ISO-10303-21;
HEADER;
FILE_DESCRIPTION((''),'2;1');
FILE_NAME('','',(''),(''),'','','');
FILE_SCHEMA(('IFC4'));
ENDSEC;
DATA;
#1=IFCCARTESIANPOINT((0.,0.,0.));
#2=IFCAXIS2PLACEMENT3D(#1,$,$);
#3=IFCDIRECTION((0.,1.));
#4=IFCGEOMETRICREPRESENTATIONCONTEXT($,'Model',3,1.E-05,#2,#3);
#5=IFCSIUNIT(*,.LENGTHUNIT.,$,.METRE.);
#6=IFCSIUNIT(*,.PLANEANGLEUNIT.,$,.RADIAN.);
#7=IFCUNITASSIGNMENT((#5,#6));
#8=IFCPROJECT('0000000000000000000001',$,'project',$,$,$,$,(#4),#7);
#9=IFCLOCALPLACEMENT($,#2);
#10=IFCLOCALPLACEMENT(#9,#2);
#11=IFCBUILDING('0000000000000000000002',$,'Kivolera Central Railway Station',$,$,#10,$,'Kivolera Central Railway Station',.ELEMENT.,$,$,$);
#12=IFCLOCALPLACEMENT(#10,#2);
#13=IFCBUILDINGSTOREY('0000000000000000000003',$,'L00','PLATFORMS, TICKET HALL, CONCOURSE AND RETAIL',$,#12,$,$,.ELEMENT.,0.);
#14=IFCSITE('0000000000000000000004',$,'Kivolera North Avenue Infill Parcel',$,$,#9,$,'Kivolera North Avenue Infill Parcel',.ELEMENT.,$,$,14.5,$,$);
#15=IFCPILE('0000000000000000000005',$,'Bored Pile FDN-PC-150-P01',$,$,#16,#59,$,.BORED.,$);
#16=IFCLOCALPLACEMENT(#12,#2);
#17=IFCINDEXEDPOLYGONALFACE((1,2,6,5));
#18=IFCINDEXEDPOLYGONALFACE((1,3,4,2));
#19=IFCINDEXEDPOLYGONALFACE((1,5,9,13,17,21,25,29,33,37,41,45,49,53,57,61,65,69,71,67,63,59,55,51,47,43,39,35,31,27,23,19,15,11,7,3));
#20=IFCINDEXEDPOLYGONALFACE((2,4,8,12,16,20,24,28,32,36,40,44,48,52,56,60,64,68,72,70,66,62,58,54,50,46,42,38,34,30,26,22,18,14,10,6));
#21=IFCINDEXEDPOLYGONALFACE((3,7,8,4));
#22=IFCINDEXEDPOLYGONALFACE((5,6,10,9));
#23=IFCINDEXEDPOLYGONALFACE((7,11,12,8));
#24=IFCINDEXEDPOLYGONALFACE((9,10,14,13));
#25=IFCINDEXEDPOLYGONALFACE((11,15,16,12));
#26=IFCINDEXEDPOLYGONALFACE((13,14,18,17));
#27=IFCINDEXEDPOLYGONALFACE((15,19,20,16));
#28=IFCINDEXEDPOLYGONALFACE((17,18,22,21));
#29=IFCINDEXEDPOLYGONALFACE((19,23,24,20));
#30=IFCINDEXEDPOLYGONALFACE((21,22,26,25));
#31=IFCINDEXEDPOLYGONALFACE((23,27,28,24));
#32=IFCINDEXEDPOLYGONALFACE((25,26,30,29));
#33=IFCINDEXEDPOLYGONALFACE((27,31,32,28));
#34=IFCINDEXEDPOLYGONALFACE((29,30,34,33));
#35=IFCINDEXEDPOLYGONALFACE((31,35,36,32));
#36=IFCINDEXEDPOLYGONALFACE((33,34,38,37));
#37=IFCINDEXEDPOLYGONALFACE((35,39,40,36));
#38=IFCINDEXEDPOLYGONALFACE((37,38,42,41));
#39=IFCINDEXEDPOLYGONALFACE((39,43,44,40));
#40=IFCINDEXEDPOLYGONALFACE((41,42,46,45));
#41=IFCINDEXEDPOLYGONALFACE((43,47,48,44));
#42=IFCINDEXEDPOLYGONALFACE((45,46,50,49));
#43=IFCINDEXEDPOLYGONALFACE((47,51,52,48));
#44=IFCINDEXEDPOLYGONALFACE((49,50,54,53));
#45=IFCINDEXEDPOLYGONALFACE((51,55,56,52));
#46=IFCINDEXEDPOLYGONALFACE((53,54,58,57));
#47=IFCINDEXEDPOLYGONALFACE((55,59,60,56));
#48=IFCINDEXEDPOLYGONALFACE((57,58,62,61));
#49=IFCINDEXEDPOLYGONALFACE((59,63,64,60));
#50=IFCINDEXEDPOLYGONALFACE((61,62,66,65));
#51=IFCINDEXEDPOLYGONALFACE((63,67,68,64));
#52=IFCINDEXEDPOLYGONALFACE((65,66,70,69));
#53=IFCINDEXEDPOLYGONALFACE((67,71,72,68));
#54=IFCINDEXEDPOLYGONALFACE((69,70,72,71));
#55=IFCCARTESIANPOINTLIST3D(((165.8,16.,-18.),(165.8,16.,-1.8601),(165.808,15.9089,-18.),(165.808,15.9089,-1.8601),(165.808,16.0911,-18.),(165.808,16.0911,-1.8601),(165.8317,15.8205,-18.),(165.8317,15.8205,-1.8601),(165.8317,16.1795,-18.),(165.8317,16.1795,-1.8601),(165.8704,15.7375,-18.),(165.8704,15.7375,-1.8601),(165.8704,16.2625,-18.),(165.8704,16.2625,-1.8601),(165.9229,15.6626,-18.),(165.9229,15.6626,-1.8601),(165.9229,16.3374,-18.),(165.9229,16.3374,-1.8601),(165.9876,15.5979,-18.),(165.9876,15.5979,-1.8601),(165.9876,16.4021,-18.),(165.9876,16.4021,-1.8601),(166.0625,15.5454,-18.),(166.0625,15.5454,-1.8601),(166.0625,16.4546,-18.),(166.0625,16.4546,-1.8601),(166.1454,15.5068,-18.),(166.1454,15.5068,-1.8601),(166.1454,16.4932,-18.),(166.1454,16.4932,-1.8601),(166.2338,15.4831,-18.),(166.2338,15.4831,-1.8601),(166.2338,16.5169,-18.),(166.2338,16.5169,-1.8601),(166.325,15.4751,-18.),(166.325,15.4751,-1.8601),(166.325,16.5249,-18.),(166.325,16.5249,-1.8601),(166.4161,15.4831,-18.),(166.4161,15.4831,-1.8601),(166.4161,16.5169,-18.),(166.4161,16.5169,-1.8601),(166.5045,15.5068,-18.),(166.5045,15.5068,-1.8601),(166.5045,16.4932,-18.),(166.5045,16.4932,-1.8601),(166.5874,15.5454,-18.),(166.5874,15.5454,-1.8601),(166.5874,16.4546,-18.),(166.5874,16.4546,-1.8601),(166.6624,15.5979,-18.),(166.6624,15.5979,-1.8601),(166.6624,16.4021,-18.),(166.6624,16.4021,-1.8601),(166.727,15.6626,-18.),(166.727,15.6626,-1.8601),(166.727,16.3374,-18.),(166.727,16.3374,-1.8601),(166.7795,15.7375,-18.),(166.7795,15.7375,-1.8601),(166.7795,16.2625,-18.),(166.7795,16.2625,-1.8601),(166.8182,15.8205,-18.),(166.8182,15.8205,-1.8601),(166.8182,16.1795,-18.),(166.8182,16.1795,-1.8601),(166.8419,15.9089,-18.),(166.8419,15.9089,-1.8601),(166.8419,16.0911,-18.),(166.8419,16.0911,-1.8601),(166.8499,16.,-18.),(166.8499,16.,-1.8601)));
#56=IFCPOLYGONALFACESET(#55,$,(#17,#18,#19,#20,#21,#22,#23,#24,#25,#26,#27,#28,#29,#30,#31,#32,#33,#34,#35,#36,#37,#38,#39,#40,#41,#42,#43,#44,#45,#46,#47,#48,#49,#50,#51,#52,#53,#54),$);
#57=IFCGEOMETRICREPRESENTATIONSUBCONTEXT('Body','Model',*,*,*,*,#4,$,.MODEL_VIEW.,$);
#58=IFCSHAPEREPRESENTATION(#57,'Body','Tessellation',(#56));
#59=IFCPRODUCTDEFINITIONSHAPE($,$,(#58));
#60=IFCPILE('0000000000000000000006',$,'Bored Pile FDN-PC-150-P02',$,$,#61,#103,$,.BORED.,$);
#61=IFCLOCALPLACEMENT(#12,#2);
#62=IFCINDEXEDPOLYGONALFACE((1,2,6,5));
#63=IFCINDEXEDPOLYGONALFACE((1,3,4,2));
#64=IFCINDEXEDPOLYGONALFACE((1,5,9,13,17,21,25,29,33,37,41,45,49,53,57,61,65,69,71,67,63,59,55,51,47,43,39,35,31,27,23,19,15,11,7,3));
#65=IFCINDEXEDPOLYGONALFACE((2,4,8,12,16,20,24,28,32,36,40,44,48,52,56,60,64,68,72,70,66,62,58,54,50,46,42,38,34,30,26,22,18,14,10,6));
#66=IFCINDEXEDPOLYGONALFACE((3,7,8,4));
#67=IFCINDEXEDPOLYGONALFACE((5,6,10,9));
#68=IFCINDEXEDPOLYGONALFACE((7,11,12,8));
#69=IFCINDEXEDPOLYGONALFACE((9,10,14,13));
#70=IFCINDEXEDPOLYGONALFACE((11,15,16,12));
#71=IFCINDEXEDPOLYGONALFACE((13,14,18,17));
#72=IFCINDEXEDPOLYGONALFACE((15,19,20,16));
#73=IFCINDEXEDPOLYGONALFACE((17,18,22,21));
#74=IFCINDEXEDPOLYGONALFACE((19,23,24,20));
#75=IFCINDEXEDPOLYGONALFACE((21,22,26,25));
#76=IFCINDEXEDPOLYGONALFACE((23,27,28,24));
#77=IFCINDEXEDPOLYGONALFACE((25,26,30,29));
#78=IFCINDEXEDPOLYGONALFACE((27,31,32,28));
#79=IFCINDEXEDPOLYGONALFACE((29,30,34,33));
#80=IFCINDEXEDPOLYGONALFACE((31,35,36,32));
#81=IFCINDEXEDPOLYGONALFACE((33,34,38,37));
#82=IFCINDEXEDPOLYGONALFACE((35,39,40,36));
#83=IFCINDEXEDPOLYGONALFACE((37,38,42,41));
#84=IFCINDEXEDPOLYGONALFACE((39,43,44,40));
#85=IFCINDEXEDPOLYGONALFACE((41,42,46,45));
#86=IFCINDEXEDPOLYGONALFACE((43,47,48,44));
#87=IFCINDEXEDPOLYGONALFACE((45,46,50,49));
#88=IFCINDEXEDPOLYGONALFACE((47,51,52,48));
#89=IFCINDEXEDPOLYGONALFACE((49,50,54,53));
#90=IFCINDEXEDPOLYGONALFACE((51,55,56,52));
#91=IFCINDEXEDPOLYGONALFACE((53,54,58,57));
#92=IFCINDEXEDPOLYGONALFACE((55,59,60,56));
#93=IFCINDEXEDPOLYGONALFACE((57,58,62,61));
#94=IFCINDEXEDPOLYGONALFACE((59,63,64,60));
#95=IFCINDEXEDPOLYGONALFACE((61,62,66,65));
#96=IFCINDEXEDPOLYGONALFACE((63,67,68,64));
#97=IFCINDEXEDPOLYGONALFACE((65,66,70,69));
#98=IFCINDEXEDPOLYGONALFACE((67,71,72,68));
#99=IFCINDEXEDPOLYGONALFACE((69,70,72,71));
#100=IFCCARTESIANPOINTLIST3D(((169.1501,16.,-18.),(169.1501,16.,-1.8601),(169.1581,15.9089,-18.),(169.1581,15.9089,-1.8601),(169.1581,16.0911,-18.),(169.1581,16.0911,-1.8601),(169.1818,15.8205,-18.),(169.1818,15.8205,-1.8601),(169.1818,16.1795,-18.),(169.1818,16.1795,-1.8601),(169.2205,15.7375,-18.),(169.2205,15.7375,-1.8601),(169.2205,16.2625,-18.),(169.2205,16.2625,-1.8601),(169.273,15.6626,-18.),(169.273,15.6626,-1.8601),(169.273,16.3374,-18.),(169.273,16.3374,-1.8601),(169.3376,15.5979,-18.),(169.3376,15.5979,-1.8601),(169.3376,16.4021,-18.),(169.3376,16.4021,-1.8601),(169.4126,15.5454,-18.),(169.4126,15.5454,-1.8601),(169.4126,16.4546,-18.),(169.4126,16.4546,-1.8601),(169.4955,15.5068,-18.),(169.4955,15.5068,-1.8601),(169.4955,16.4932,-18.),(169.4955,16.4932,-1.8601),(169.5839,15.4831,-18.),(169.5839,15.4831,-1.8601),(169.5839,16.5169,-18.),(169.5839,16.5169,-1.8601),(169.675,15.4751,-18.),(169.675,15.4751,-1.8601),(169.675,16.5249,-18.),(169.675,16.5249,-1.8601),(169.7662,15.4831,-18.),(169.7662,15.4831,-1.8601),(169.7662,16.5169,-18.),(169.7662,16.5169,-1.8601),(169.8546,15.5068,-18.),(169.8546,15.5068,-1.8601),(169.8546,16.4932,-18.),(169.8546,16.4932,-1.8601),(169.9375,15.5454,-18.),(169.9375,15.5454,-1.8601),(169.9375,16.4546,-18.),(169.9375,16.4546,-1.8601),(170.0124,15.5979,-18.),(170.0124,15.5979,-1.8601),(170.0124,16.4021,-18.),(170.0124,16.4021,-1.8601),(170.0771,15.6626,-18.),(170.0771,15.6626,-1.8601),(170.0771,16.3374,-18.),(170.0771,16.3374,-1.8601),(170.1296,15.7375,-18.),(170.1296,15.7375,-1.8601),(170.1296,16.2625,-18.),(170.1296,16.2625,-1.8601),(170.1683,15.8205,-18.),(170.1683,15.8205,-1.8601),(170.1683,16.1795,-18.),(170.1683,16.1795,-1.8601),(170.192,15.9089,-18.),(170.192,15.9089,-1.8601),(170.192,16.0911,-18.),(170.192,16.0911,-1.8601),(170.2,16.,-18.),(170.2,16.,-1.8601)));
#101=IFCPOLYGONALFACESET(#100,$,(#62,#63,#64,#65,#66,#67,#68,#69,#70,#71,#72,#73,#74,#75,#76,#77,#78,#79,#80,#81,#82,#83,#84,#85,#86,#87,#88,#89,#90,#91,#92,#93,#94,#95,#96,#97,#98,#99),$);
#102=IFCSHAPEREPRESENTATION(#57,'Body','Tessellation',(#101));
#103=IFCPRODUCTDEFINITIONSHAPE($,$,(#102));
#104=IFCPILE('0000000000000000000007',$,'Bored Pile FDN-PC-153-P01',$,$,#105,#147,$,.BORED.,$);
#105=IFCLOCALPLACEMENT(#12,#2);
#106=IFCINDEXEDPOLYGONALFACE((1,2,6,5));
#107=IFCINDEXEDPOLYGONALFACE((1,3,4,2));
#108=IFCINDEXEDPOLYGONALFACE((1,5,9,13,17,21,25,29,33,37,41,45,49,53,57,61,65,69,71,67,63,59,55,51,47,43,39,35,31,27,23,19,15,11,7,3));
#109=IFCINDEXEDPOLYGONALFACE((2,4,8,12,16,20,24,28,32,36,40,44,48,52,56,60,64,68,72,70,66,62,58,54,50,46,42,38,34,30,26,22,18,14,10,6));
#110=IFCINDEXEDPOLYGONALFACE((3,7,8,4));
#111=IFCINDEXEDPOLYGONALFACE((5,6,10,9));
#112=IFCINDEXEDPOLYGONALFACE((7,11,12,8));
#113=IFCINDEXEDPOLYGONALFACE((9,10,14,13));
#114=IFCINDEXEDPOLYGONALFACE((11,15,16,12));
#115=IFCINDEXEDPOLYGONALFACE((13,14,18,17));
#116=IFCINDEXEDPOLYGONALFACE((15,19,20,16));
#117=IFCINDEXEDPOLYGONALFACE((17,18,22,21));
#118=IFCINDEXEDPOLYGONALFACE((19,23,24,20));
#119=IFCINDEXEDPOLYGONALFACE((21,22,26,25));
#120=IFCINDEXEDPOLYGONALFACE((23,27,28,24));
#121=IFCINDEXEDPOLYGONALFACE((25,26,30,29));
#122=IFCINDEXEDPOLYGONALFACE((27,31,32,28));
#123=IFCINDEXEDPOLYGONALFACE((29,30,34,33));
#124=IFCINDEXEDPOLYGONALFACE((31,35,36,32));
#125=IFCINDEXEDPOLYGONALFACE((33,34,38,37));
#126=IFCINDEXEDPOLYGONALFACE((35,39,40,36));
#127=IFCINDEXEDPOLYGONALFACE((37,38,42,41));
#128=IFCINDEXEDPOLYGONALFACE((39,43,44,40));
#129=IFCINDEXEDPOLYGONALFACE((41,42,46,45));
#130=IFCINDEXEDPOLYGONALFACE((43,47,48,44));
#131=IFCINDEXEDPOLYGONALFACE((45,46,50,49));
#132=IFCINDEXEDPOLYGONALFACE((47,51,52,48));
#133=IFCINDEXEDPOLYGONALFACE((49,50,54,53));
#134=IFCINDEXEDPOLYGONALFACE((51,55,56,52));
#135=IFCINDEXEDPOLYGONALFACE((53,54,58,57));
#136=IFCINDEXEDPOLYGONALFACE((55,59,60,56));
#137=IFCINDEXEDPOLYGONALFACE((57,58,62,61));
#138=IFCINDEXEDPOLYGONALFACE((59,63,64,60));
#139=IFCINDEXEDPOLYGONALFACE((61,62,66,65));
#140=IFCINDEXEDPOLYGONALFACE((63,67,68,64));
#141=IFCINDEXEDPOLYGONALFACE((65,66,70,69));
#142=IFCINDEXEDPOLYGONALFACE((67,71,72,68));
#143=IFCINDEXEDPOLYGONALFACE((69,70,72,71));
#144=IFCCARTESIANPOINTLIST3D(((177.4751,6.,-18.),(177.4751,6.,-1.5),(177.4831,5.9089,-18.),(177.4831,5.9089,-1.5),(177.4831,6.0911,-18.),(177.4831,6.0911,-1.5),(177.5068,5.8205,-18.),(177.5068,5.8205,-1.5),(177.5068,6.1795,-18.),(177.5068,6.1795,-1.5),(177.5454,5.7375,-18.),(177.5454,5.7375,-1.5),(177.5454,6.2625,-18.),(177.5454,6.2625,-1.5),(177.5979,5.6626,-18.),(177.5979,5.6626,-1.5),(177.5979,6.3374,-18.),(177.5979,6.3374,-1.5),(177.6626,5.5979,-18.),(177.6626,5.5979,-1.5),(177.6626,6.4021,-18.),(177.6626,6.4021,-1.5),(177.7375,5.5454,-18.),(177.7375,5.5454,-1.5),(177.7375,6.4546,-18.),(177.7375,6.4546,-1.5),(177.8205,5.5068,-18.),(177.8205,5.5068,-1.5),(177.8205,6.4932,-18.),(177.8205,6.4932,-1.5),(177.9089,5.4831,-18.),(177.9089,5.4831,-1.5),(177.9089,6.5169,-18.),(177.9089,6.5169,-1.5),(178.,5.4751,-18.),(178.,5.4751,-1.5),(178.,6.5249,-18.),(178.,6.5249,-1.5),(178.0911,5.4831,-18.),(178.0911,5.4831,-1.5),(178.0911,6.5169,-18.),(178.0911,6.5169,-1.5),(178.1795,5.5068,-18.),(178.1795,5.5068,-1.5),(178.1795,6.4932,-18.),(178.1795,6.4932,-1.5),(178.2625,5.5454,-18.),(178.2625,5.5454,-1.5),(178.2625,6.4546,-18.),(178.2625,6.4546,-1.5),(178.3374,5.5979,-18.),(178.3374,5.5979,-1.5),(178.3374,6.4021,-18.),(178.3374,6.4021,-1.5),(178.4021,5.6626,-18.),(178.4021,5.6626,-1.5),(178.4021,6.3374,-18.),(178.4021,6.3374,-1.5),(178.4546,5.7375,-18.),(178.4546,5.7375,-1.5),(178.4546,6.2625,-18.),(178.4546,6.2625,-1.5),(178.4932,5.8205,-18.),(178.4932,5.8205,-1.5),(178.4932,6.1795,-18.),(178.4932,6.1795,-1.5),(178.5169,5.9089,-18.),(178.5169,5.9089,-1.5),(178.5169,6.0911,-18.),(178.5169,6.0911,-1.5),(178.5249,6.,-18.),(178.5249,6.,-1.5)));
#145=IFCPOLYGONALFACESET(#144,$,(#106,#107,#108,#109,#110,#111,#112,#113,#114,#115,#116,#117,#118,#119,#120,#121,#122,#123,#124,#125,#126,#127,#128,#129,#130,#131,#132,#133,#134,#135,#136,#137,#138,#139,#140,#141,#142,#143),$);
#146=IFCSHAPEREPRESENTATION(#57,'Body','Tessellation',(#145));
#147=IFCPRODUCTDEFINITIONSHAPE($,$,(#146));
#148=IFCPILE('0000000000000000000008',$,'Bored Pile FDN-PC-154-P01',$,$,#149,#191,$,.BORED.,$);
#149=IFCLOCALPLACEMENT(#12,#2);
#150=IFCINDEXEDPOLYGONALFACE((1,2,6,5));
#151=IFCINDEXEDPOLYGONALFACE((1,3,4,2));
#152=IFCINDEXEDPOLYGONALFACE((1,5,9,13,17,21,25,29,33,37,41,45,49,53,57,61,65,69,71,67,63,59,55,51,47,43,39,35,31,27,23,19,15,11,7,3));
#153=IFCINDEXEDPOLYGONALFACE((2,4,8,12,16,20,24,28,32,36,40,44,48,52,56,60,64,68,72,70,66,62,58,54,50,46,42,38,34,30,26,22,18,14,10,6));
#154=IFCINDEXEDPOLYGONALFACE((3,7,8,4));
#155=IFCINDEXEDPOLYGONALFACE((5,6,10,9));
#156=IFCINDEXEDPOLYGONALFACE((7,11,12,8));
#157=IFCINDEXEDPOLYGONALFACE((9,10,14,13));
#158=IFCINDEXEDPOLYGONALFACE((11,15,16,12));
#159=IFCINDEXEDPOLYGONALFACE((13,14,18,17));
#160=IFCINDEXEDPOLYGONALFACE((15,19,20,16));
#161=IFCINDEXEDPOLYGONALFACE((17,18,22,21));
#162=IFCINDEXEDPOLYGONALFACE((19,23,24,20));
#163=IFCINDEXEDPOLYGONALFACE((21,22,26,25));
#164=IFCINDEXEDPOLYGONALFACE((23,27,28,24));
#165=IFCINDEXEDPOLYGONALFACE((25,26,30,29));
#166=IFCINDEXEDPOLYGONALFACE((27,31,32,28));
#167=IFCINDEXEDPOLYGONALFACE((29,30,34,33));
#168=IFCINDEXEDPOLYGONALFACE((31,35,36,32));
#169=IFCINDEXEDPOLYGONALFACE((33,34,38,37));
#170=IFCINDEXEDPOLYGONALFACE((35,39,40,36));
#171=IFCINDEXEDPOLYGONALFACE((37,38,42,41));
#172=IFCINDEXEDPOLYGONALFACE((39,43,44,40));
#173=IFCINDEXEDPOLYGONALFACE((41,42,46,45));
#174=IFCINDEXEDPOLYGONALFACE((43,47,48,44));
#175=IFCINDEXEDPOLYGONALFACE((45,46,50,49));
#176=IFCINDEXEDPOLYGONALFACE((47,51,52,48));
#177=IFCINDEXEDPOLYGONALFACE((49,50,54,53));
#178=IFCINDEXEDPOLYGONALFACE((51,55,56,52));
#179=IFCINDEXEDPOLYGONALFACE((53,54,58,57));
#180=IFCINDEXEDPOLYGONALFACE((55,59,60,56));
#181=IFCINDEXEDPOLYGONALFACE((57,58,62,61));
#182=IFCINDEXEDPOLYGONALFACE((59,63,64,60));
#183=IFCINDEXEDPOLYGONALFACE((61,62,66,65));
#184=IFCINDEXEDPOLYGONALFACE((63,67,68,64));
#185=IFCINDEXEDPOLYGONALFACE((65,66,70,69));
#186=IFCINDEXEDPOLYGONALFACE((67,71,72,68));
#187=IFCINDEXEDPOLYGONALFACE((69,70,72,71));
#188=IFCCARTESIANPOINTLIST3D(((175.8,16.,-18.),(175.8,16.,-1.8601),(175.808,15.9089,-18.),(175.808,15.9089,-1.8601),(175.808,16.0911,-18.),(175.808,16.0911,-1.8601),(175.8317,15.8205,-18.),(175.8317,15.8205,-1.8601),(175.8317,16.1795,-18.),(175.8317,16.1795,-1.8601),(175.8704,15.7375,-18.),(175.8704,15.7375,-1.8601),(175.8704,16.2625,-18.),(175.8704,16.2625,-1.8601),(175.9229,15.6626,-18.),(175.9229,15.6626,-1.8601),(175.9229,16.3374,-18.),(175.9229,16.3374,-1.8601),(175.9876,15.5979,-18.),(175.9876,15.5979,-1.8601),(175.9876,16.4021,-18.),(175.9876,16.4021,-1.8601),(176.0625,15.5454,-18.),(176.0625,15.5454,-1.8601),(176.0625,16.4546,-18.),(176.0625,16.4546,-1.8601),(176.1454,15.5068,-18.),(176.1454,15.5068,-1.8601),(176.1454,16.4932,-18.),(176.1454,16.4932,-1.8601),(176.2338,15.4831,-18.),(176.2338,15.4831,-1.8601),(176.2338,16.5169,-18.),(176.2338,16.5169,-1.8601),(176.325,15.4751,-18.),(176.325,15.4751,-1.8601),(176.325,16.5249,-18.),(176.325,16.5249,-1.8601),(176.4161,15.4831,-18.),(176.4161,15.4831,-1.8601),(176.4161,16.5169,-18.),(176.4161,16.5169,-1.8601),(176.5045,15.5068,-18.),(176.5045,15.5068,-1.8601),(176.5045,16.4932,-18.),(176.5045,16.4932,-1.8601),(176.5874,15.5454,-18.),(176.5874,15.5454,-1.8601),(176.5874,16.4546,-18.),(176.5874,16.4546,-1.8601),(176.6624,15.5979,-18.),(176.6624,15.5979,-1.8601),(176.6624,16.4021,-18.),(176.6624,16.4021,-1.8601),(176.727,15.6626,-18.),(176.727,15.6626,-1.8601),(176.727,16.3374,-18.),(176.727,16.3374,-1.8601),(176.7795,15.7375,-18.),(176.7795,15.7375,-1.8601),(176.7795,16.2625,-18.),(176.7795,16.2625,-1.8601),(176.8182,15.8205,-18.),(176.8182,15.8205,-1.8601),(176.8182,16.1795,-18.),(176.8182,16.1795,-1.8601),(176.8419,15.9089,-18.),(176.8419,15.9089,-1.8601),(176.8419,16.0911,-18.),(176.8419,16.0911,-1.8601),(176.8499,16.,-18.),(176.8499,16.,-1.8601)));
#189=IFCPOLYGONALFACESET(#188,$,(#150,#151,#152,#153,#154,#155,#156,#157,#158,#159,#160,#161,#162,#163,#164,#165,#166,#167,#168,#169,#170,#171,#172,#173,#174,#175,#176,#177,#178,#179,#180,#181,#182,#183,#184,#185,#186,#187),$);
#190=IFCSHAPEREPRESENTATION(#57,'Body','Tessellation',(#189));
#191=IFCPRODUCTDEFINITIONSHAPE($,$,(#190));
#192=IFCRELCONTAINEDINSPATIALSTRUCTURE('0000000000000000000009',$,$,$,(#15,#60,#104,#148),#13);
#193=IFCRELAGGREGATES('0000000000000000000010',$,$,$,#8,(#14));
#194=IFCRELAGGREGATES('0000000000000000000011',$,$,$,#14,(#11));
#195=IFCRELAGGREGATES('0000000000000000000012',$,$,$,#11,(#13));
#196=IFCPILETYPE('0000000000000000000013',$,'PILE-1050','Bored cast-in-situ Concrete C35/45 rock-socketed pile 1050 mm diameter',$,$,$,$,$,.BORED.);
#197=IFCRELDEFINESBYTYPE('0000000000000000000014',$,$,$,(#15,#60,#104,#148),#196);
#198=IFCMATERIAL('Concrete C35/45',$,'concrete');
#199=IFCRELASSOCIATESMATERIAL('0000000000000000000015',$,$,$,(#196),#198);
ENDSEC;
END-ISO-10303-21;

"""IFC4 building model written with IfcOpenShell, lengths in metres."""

from ifc_helpers import new_model, si_unit, direction, frame, origin, origin_2d, place, context, subcontext, project, spatial, circle, extrude, material, material_profile, profile_set, type_object, element, save


model = new_model("IFC4")

# Units and contexts
model_context = context("Model", 3, precision=1e-05, world=origin(), true_north=direction((0.0, 1.0)))
body_context = subcontext(model_context, "Body", "Model", "MODEL_VIEW")
ifc_project = project(units=[si_unit("LENGTHUNIT", "METRE"), si_unit("PLANEANGLEUNIT", "RADIAN")], contexts=[model_context])

# Site, building, storey
site_placement = place(None, origin())
site = spatial("IfcSite", under=ifc_project, at=site_placement, Name="Kivolera North Avenue Infill Parcel", LongName="Kivolera North Avenue Infill Parcel", CompositionType="ELEMENT", RefElevation=14.5)
building_placement = place(site_placement, origin())
building = spatial("IfcBuilding", under=site, at=building_placement, Name="Kivolera Central Railway Station", LongName="Kivolera Central Railway Station", CompositionType="ELEMENT")
storey_placement = place(building_placement, origin())
storey = spatial("IfcBuildingStorey", under=building, at=storey_placement, Name="L00", Description="PLATFORMS, TICKET HALL, CONCOURSE AND RETAIL", CompositionType="ELEMENT", Elevation=0.0)

# Shared definitions
ifc_material_1 = material(Name="Concrete C35/45", Category="concrete")

# Piles
ifc_material_profile_1 = material_profile(ifc_material_1, circle(Radius=0.5249, at=origin_2d()), Name="PILE D1050")
ifc_profile_set_1 = profile_set([ifc_material_profile_1], Name="Concrete C35/45")
pile_type = type_object("IfcPileType", Name="PILE-1050", Description="Bored cast-in-situ Concrete C35/45 rock-socketed pile 1050 mm diameter", PredefinedType="BORED", material=ifc_profile_set_1)
for number, where, z_axis, x_axis, name in (
    (1, (166.325, 16.0, -1.8601), (0.0, 0.0, -1.0), (1.0, 0.0, 0.0), "Bored Pile FDN-PC-150-P01"),
    (2, (169.675, 16.0, -1.8601), (0.0, 0.0, -1.0), (1.0, 0.0, 0.0), "Bored Pile FDN-PC-150-P02"),
):
    element("IfcPile", number, at=place(storey_placement, frame(where, z_axis=z_axis, x_axis=x_axis)), inside=storey, type_object=pile_type, Name=name, PredefinedType="BORED", context=body_context, shape_type="SweptSolid", body=[
        extrude(circle(Radius=0.5249, at=origin_2d()), origin(), (0.0, 0.0, 1.0), 16.1399),
    ])
pile_1_placement = place(storey_placement, frame((178.0, 6.0, -1.5), z_axis=(0.0, 0.0, -1.0), x_axis=(1.0, 0.0, 0.0)))
element("IfcPile", 3, at=pile_1_placement, inside=storey, type_object=pile_type, Name="Bored Pile FDN-PC-153-P01", PredefinedType="BORED", context=body_context, shape_type="SweptSolid", body=[
    extrude(circle(Radius=0.5249, at=origin_2d()), origin(), (0.0, 0.0, 1.0), 16.5),
])
pile_2_placement = place(storey_placement, frame((176.325, 16.0, -1.8601), z_axis=(0.0, 0.0, -1.0), x_axis=(1.0, 0.0, 0.0)))
element("IfcPile", 4, at=pile_2_placement, inside=storey, type_object=pile_type, Name="Bored Pile FDN-PC-154-P01", PredefinedType="BORED", context=body_context, shape_type="SweptSolid", body=[
    extrude(circle(Radius=0.5249, at=origin_2d()), origin(), (0.0, 0.0, 1.0), 16.1399),
])

save(model, "model.ifc")
